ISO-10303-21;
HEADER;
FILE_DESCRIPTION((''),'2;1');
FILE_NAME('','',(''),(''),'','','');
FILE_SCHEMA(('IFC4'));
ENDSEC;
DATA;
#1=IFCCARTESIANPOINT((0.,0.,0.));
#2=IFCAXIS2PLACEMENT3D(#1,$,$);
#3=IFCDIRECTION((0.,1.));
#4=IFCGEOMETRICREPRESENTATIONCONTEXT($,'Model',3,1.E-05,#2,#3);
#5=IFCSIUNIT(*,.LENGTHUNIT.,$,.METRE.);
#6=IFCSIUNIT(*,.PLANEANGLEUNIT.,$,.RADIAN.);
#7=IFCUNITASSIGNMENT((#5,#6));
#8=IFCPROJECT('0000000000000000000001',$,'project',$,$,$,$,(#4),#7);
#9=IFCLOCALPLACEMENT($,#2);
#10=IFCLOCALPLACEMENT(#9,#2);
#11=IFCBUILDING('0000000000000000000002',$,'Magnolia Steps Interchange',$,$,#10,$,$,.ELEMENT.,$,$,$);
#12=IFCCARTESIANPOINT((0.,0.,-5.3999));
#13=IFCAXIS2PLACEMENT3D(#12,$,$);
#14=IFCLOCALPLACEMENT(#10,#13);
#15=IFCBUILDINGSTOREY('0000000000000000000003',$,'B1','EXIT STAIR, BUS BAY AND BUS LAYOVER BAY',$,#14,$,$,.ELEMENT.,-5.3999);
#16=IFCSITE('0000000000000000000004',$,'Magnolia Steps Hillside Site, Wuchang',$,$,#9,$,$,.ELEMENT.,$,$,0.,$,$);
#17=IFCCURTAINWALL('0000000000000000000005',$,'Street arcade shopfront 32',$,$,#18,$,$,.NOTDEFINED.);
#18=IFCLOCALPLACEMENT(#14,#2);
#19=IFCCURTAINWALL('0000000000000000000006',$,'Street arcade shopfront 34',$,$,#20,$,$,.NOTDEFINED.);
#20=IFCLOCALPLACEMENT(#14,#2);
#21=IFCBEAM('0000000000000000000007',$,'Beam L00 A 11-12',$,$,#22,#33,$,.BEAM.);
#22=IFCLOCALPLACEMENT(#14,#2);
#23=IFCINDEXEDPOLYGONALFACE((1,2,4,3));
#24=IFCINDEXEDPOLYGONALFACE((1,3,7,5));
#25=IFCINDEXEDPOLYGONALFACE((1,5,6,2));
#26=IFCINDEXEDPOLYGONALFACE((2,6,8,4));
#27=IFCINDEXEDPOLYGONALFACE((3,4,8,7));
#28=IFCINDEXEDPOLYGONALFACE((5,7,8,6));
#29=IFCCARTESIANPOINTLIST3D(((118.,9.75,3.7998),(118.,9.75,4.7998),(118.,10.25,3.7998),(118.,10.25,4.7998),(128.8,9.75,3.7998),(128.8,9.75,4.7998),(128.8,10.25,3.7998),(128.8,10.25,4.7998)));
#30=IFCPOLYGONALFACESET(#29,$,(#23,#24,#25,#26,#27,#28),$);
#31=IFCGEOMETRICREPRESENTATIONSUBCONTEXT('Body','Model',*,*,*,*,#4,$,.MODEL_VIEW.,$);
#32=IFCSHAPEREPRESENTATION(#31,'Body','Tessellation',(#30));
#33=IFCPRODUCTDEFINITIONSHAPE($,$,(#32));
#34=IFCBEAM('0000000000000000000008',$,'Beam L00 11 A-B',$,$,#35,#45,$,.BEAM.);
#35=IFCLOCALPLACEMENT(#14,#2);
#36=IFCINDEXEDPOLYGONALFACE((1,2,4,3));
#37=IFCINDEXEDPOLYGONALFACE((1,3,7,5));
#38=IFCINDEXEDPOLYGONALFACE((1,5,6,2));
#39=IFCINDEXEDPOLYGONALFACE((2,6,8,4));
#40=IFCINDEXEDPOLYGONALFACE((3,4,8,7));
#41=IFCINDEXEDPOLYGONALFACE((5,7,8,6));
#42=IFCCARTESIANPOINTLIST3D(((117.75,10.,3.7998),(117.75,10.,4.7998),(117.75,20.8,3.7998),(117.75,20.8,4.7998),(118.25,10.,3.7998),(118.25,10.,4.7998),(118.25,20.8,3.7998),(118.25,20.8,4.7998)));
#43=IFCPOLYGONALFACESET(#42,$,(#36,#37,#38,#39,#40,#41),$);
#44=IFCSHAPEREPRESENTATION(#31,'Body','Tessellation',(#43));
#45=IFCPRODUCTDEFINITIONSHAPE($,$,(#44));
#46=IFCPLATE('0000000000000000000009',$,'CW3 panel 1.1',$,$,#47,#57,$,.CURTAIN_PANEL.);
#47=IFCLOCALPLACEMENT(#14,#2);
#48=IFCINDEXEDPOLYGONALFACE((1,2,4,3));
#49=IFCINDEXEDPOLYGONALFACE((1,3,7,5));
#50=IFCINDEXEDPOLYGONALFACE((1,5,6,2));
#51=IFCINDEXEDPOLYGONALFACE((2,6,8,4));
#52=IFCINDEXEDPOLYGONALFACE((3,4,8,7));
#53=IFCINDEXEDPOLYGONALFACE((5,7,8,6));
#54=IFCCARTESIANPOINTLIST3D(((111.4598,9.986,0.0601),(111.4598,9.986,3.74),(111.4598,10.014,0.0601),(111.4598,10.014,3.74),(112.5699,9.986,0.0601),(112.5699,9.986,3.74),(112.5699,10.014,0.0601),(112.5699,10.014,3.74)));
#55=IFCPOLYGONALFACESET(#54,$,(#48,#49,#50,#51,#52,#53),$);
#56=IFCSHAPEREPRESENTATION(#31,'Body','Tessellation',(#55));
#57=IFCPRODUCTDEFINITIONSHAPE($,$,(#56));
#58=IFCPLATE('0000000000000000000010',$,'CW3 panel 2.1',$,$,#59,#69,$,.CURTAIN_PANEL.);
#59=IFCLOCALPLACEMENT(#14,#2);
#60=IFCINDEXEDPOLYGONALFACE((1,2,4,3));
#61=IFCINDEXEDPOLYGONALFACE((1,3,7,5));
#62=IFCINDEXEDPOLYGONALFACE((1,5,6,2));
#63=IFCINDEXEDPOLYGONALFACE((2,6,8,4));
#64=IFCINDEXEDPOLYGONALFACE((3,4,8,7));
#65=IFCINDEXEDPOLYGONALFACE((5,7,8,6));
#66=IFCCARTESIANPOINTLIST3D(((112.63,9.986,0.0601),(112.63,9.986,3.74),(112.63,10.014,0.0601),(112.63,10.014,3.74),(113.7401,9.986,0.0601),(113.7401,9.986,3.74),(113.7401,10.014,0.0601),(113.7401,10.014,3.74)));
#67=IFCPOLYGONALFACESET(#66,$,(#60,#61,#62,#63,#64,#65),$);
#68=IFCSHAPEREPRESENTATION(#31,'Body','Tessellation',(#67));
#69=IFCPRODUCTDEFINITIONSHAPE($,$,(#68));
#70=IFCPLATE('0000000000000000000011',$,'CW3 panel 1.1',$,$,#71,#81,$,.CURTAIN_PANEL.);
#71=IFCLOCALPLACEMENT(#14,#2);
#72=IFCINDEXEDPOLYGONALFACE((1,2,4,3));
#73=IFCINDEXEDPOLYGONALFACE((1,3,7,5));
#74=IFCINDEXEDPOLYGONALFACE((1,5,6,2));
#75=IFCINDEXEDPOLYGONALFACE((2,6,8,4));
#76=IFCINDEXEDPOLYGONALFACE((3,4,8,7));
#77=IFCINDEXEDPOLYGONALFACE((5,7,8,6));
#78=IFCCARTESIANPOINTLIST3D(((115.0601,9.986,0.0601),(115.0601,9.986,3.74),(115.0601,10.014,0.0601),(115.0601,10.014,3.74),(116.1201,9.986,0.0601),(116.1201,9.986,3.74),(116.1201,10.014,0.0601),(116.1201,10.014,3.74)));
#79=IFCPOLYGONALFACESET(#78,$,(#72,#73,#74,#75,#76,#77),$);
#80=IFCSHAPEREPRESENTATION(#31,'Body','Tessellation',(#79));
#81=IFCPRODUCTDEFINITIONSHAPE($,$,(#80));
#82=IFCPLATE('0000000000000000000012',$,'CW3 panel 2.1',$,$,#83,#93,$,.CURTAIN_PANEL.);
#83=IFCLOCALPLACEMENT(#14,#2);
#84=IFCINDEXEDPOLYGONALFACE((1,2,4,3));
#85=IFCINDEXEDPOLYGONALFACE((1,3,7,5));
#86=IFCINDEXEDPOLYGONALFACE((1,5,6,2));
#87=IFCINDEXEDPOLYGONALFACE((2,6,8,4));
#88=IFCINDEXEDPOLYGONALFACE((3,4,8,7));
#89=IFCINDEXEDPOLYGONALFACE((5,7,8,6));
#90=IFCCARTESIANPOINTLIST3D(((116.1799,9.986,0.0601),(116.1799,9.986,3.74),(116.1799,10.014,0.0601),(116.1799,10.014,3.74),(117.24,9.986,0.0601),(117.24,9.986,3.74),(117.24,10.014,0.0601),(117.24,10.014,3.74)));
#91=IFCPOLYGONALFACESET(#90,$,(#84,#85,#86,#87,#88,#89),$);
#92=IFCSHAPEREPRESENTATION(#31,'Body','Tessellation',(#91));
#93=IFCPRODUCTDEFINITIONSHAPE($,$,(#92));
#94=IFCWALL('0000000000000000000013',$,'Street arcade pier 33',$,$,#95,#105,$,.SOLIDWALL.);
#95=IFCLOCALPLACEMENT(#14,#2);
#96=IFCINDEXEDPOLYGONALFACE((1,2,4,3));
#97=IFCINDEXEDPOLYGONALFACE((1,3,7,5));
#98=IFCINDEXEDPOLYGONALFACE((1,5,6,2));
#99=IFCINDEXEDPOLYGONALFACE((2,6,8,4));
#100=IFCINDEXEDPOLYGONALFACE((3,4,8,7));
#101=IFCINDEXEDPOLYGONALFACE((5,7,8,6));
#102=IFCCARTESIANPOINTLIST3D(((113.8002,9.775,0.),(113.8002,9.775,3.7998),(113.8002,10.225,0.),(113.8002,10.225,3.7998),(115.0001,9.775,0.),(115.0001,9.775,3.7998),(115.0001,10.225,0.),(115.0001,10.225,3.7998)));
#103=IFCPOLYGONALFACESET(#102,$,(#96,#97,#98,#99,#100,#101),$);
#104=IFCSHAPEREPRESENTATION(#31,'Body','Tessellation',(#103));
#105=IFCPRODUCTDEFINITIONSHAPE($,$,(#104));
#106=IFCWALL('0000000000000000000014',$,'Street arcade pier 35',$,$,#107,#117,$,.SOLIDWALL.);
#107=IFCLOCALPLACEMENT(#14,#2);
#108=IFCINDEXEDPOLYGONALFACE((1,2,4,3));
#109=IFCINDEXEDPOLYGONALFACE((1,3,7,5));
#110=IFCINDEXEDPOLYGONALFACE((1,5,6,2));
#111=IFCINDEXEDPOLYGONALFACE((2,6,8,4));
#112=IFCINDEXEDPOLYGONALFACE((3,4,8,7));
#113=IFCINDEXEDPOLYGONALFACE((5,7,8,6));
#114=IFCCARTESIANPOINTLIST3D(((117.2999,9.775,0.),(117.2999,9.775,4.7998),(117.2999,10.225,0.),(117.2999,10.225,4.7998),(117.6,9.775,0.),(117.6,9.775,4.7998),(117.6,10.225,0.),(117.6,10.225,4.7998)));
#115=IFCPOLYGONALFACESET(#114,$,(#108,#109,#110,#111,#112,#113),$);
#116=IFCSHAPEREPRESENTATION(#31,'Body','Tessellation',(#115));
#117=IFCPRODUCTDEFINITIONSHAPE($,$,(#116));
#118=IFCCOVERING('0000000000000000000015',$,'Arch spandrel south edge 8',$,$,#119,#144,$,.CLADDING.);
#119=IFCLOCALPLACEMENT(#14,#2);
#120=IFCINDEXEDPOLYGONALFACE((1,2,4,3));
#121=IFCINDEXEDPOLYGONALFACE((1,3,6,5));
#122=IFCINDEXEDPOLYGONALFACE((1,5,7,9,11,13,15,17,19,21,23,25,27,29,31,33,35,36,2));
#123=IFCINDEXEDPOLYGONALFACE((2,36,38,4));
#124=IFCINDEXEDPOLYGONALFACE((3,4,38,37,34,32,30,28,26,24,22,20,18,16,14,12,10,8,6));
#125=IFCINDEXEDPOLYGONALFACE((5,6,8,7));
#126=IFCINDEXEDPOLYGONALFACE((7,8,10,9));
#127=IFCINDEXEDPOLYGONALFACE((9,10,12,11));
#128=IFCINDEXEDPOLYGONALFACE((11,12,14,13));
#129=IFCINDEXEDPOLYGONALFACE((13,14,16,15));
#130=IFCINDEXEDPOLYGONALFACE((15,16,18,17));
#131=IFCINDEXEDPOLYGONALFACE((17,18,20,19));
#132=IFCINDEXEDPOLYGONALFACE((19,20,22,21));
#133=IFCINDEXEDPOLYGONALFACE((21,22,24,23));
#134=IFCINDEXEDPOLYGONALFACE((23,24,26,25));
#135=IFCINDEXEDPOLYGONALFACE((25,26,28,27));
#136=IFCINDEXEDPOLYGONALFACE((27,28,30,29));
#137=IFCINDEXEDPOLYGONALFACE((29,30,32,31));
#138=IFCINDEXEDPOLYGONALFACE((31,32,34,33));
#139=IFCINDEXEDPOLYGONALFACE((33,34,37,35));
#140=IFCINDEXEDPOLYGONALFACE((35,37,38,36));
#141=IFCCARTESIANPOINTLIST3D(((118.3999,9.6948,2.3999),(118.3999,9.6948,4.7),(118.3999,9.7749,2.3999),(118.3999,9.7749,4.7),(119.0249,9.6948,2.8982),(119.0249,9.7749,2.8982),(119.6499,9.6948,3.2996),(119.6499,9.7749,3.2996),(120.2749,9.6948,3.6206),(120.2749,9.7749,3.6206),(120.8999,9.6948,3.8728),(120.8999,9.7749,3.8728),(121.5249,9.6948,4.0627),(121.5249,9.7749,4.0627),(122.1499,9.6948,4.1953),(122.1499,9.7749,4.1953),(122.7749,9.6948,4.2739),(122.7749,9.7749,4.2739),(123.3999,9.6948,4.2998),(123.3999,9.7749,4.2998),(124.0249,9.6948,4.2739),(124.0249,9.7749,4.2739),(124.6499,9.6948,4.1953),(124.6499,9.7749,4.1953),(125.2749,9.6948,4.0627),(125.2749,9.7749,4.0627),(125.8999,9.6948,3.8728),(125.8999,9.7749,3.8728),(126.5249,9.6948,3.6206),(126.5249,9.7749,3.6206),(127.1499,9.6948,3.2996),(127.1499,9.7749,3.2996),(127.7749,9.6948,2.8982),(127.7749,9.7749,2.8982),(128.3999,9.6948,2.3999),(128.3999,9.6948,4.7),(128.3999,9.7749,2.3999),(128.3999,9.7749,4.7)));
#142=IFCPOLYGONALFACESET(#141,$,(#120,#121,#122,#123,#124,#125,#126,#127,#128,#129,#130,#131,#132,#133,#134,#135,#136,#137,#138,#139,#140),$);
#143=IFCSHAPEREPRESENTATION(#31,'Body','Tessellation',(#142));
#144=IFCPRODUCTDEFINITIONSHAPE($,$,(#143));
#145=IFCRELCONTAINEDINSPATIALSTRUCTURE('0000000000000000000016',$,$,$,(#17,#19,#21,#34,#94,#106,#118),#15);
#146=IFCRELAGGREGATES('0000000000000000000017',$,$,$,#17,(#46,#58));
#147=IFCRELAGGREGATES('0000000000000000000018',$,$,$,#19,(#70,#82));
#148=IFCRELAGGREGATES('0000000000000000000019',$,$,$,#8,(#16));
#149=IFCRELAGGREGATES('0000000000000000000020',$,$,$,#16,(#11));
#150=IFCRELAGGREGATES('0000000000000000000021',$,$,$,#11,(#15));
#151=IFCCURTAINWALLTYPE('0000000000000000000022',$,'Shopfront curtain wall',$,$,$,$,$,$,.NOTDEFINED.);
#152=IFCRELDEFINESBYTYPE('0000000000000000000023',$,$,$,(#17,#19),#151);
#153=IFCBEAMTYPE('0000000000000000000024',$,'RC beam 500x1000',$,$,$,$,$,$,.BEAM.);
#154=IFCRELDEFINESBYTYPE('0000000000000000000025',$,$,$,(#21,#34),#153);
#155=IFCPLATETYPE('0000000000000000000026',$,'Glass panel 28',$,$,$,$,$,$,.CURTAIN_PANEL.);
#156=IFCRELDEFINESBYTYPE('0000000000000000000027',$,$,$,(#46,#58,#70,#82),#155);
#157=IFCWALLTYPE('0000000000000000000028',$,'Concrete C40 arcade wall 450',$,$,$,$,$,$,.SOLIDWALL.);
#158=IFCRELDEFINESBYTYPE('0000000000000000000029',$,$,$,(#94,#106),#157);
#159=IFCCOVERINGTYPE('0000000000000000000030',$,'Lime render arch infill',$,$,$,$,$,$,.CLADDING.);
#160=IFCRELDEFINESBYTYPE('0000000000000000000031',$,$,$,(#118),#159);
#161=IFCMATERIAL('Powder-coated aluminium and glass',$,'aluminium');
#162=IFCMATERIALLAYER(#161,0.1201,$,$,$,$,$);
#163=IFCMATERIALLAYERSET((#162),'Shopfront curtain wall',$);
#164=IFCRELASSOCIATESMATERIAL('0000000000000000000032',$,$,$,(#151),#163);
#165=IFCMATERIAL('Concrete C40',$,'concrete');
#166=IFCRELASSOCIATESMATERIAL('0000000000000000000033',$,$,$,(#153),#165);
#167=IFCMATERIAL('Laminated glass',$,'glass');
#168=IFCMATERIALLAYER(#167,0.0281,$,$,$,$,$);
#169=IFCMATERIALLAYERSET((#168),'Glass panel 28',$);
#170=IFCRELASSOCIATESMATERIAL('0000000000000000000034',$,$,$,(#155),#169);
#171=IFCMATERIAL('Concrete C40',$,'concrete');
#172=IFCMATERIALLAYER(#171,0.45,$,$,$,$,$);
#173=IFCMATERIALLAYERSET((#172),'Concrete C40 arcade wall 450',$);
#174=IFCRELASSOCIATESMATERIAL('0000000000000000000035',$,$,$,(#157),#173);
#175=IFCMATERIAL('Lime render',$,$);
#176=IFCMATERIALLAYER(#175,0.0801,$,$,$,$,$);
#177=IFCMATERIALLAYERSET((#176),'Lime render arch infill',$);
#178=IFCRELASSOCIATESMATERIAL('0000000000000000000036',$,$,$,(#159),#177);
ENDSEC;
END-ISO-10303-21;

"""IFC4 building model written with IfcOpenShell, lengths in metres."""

from ifc_helpers import new_model, si_unit, direction, frame, frame_2d, origin, origin_2d, place, context, subcontext, project, spatial, polyline, rectangle, outline, extrude, material, layer, layer_set, material_profile, profile_set, type_object, element, aggregate, save


model = new_model("IFC4")

# Units and contexts
model_context = context("Model", 3, precision=1e-05, world=origin(), true_north=direction((0.0, 1.0)))
body_context = subcontext(model_context, "Body", "Model", "MODEL_VIEW")
ifc_project = project(units=[si_unit("LENGTHUNIT", "METRE"), si_unit("PLANEANGLEUNIT", "RADIAN")], contexts=[model_context])

# Site, building, storey
site_placement = place(None, origin())
site = spatial("IfcSite", under=ifc_project, at=site_placement, Name="Magnolia Steps Hillside Site, Wuchang", CompositionType="ELEMENT", RefElevation=0.0)
building_placement = place(site_placement, origin())
building = spatial("IfcBuilding", under=site, at=building_placement, Name="Magnolia Steps Interchange", CompositionType="ELEMENT")
storey_placement = place(building_placement, frame((0.0, 0.0, -5.3999)))
storey = spatial("IfcBuildingStorey", under=building, at=storey_placement, Name="B1", Description="EXIT STAIR, BUS BAY AND BUS LAYOVER BAY", CompositionType="ELEMENT", Elevation=-5.3999)

# Curtain walls
ifc_material_1 = material(Name="Powder-coated aluminium and glass", Category="aluminium")
ifc_layer_1 = layer(ifc_material_1, 0.1201)
ifc_layer_set_1 = layer_set([ifc_layer_1], Name="Shopfront curtain wall")
curtain_wall_type = type_object("IfcCurtainWallType", Name="Shopfront curtain wall", PredefinedType="NOTDEFINED", material=ifc_layer_set_1)
curtain_wall_1_placement = place(storey_placement, origin())
curtain_wall_1 = element("IfcCurtainWall", 1, at=curtain_wall_1_placement, inside=storey, type_object=curtain_wall_type, Name="Street arcade shopfront 32", PredefinedType="NOTDEFINED")
curtain_wall_2_placement = place(storey_placement, origin())
curtain_wall_2 = element("IfcCurtainWall", 2, at=curtain_wall_2_placement, inside=storey, type_object=curtain_wall_type, Name="Street arcade shopfront 34", PredefinedType="NOTDEFINED")

# Beams
ifc_material_2 = material(Name="Concrete C40", Category="concrete")
ifc_material_profile_1 = material_profile(ifc_material_2, rectangle(XDim=0.5, YDim=1.0, at=origin_2d()), Name="RC500x1000")
ifc_profile_set_1 = profile_set([ifc_material_profile_1], Name="Concrete C40")
beam_type = type_object("IfcBeamType", Name="RC beam 500x1000", PredefinedType="BEAM", material=ifc_profile_set_1)
for number, where, z_axis, x_axis, name in (
    (3, (118.0, 10.0, 4.2998), (1.0, 0.0, 0.0), (0.0, 1.0, 0.0), "Beam L00 A 11-12"),
    (4, (118.0, 10.0, 4.2998), (0.0, 1.0, 0.0), (-1.0, 0.0, 0.0), "Beam L00 11 A-B"),
):
    element("IfcBeam", number, at=place(storey_placement, frame(where, z_axis=z_axis, x_axis=x_axis)), inside=storey, type_object=beam_type, Name=name, PredefinedType="BEAM", context=body_context, shape_type="SweptSolid", body=[
        extrude(rectangle(XDim=0.5, YDim=1.0, at=origin_2d()), origin(), (0.0, 0.0, 1.0), 10.8),
    ])

# Plates
ifc_material_3 = material(Name="Laminated glass", Category="glass")
ifc_layer_2 = layer(ifc_material_3, 0.0281)
ifc_layer_set_2 = layer_set([ifc_layer_2], Name="Glass panel 28")
plate_type = type_object("IfcPlateType", Name="Glass panel 28", PredefinedType="CURTAIN_PANEL", material=ifc_layer_set_2)
plate_1_placement = place(storey_placement, frame((112.0149, 10.0, 0.0601), z_axis=(0.0, 0.0, 1.0), x_axis=(1.0, 0.0, 0.0)))
plate_1 = element("IfcPlate", 5, at=plate_1_placement, type_object=plate_type, Name="CW3 panel 1.1", PredefinedType="CURTAIN_PANEL", context=body_context, shape_type="SweptSolid", body=[
    extrude(rectangle(XDim=1.1101, YDim=0.0281, at=origin_2d()), origin(), (0.0, 0.0, 1.0), 3.6799),
])
plate_2_placement = place(storey_placement, frame((113.1851, 10.0, 0.0601), z_axis=(0.0, 0.0, 1.0), x_axis=(1.0, 0.0, 0.0)))
plate_2 = element("IfcPlate", 6, at=plate_2_placement, type_object=plate_type, Name="CW3 panel 2.1", PredefinedType="CURTAIN_PANEL", context=body_context, shape_type="SweptSolid", body=[
    extrude(rectangle(XDim=1.1101, YDim=0.0281, at=origin_2d()), origin(), (0.0, 0.0, 1.0), 3.6799),
])
aggregate(curtain_wall_1, [plate_1, plate_2])
plate_3_placement = place(storey_placement, frame((115.5901, 10.0, 0.0601), z_axis=(0.0, 0.0, 1.0), x_axis=(1.0, 0.0, 0.0)))
plate_3 = element("IfcPlate", 7, at=plate_3_placement, type_object=plate_type, Name="CW3 panel 1.1", PredefinedType="CURTAIN_PANEL", context=body_context, shape_type="SweptSolid", body=[
    extrude(rectangle(XDim=1.0601, YDim=0.0281, at=origin_2d()), origin(), (0.0, 0.0, 1.0), 3.6799),
])
plate_4_placement = place(storey_placement, frame((116.71, 10.0, 0.0601), z_axis=(0.0, 0.0, 1.0), x_axis=(1.0, 0.0, 0.0)))
plate_4 = element("IfcPlate", 8, at=plate_4_placement, type_object=plate_type, Name="CW3 panel 2.1", PredefinedType="CURTAIN_PANEL", context=body_context, shape_type="SweptSolid", body=[
    extrude(rectangle(XDim=1.0601, YDim=0.0281, at=origin_2d()), origin(), (0.0, 0.0, 1.0), 3.6799),
])
aggregate(curtain_wall_2, [plate_3, plate_4])

# Walls
ifc_material_4 = material(Name="Concrete C40", Category="concrete")
ifc_layer_3 = layer(ifc_material_4, 0.45)
ifc_layer_set_3 = layer_set([ifc_layer_3], Name="Concrete C40 arcade wall 450")
wall_type = type_object("IfcWallType", Name="Concrete C40 arcade wall 450", PredefinedType="SOLIDWALL", material=ifc_layer_set_3)
wall_1_placement = place(storey_placement, frame((113.8, 10.0, 0.0), z_axis=(0.0, 0.0, 1.0), x_axis=(1.0, 0.0, 0.0)))
element("IfcWall", 9, at=wall_1_placement, inside=storey, type_object=wall_type, Name="Street arcade pier 33", PredefinedType="SOLIDWALL", context=body_context, shape_type="SweptSolid", body=[
    extrude(rectangle(XDim=1.2, YDim=0.45, at=frame_2d((0.6001, 0.0))), origin(), (0.0, 0.0, 1.0), 3.7998),
])
wall_2_placement = place(storey_placement, frame((117.3, 10.0, 0.0), z_axis=(0.0, 0.0, 1.0), x_axis=(1.0, 0.0, 0.0)))
element("IfcWall", 10, at=wall_2_placement, inside=storey, type_object=wall_type, Name="Street arcade pier 35", PredefinedType="SOLIDWALL", context=body_context, shape_type="SweptSolid", body=[
    extrude(rectangle(XDim=0.3, YDim=0.45, at=frame_2d((0.1499, 0.0))), origin(), (0.0, 0.0, 1.0), 4.7998),
])

# Covering
ifc_material_5 = material(Name="Lime render")
ifc_layer_4 = layer(ifc_material_5, 0.0801)
ifc_layer_set_4 = layer_set([ifc_layer_4], Name="Lime render arch infill")
covering_type = type_object("IfcCoveringType", Name="Lime render arch infill", PredefinedType="CLADDING", material=ifc_layer_set_4)
covering_placement = place(storey_placement, frame((118.3999, 9.7749, 2.3999), z_axis=(0.0, 1.0, 0.0), x_axis=(0.0, 0.0, 1.0)))
element("IfcCovering", 11, at=covering_placement, inside=storey, type_object=covering_type, Name="Arch spandrel south edge 8", PredefinedType="CLADDING", context=body_context, shape_type="SweptSolid", body=[
    extrude(outline(polyline([(0.0, 0.0), (2.3, 0.0), (2.3, 10.0), (0.0, 10.0), (0.4983, 9.375), (0.8997, 8.75), (1.2207, 8.125), (1.4729, 7.5), (1.6628, 6.875), (1.7954, 6.25), (1.874, 5.625), (1.8999, 5.0), (1.874, 4.375), (1.7954, 3.75), (1.6628, 3.125), (1.4729, 2.5), (1.2207, 1.875), (0.8997, 1.25), (0.4983, 0.625), (0.0, 0.0)])), origin(), (0.0, 0.0, -1.0), 0.0801),
])

save(model, "model.ifc")
